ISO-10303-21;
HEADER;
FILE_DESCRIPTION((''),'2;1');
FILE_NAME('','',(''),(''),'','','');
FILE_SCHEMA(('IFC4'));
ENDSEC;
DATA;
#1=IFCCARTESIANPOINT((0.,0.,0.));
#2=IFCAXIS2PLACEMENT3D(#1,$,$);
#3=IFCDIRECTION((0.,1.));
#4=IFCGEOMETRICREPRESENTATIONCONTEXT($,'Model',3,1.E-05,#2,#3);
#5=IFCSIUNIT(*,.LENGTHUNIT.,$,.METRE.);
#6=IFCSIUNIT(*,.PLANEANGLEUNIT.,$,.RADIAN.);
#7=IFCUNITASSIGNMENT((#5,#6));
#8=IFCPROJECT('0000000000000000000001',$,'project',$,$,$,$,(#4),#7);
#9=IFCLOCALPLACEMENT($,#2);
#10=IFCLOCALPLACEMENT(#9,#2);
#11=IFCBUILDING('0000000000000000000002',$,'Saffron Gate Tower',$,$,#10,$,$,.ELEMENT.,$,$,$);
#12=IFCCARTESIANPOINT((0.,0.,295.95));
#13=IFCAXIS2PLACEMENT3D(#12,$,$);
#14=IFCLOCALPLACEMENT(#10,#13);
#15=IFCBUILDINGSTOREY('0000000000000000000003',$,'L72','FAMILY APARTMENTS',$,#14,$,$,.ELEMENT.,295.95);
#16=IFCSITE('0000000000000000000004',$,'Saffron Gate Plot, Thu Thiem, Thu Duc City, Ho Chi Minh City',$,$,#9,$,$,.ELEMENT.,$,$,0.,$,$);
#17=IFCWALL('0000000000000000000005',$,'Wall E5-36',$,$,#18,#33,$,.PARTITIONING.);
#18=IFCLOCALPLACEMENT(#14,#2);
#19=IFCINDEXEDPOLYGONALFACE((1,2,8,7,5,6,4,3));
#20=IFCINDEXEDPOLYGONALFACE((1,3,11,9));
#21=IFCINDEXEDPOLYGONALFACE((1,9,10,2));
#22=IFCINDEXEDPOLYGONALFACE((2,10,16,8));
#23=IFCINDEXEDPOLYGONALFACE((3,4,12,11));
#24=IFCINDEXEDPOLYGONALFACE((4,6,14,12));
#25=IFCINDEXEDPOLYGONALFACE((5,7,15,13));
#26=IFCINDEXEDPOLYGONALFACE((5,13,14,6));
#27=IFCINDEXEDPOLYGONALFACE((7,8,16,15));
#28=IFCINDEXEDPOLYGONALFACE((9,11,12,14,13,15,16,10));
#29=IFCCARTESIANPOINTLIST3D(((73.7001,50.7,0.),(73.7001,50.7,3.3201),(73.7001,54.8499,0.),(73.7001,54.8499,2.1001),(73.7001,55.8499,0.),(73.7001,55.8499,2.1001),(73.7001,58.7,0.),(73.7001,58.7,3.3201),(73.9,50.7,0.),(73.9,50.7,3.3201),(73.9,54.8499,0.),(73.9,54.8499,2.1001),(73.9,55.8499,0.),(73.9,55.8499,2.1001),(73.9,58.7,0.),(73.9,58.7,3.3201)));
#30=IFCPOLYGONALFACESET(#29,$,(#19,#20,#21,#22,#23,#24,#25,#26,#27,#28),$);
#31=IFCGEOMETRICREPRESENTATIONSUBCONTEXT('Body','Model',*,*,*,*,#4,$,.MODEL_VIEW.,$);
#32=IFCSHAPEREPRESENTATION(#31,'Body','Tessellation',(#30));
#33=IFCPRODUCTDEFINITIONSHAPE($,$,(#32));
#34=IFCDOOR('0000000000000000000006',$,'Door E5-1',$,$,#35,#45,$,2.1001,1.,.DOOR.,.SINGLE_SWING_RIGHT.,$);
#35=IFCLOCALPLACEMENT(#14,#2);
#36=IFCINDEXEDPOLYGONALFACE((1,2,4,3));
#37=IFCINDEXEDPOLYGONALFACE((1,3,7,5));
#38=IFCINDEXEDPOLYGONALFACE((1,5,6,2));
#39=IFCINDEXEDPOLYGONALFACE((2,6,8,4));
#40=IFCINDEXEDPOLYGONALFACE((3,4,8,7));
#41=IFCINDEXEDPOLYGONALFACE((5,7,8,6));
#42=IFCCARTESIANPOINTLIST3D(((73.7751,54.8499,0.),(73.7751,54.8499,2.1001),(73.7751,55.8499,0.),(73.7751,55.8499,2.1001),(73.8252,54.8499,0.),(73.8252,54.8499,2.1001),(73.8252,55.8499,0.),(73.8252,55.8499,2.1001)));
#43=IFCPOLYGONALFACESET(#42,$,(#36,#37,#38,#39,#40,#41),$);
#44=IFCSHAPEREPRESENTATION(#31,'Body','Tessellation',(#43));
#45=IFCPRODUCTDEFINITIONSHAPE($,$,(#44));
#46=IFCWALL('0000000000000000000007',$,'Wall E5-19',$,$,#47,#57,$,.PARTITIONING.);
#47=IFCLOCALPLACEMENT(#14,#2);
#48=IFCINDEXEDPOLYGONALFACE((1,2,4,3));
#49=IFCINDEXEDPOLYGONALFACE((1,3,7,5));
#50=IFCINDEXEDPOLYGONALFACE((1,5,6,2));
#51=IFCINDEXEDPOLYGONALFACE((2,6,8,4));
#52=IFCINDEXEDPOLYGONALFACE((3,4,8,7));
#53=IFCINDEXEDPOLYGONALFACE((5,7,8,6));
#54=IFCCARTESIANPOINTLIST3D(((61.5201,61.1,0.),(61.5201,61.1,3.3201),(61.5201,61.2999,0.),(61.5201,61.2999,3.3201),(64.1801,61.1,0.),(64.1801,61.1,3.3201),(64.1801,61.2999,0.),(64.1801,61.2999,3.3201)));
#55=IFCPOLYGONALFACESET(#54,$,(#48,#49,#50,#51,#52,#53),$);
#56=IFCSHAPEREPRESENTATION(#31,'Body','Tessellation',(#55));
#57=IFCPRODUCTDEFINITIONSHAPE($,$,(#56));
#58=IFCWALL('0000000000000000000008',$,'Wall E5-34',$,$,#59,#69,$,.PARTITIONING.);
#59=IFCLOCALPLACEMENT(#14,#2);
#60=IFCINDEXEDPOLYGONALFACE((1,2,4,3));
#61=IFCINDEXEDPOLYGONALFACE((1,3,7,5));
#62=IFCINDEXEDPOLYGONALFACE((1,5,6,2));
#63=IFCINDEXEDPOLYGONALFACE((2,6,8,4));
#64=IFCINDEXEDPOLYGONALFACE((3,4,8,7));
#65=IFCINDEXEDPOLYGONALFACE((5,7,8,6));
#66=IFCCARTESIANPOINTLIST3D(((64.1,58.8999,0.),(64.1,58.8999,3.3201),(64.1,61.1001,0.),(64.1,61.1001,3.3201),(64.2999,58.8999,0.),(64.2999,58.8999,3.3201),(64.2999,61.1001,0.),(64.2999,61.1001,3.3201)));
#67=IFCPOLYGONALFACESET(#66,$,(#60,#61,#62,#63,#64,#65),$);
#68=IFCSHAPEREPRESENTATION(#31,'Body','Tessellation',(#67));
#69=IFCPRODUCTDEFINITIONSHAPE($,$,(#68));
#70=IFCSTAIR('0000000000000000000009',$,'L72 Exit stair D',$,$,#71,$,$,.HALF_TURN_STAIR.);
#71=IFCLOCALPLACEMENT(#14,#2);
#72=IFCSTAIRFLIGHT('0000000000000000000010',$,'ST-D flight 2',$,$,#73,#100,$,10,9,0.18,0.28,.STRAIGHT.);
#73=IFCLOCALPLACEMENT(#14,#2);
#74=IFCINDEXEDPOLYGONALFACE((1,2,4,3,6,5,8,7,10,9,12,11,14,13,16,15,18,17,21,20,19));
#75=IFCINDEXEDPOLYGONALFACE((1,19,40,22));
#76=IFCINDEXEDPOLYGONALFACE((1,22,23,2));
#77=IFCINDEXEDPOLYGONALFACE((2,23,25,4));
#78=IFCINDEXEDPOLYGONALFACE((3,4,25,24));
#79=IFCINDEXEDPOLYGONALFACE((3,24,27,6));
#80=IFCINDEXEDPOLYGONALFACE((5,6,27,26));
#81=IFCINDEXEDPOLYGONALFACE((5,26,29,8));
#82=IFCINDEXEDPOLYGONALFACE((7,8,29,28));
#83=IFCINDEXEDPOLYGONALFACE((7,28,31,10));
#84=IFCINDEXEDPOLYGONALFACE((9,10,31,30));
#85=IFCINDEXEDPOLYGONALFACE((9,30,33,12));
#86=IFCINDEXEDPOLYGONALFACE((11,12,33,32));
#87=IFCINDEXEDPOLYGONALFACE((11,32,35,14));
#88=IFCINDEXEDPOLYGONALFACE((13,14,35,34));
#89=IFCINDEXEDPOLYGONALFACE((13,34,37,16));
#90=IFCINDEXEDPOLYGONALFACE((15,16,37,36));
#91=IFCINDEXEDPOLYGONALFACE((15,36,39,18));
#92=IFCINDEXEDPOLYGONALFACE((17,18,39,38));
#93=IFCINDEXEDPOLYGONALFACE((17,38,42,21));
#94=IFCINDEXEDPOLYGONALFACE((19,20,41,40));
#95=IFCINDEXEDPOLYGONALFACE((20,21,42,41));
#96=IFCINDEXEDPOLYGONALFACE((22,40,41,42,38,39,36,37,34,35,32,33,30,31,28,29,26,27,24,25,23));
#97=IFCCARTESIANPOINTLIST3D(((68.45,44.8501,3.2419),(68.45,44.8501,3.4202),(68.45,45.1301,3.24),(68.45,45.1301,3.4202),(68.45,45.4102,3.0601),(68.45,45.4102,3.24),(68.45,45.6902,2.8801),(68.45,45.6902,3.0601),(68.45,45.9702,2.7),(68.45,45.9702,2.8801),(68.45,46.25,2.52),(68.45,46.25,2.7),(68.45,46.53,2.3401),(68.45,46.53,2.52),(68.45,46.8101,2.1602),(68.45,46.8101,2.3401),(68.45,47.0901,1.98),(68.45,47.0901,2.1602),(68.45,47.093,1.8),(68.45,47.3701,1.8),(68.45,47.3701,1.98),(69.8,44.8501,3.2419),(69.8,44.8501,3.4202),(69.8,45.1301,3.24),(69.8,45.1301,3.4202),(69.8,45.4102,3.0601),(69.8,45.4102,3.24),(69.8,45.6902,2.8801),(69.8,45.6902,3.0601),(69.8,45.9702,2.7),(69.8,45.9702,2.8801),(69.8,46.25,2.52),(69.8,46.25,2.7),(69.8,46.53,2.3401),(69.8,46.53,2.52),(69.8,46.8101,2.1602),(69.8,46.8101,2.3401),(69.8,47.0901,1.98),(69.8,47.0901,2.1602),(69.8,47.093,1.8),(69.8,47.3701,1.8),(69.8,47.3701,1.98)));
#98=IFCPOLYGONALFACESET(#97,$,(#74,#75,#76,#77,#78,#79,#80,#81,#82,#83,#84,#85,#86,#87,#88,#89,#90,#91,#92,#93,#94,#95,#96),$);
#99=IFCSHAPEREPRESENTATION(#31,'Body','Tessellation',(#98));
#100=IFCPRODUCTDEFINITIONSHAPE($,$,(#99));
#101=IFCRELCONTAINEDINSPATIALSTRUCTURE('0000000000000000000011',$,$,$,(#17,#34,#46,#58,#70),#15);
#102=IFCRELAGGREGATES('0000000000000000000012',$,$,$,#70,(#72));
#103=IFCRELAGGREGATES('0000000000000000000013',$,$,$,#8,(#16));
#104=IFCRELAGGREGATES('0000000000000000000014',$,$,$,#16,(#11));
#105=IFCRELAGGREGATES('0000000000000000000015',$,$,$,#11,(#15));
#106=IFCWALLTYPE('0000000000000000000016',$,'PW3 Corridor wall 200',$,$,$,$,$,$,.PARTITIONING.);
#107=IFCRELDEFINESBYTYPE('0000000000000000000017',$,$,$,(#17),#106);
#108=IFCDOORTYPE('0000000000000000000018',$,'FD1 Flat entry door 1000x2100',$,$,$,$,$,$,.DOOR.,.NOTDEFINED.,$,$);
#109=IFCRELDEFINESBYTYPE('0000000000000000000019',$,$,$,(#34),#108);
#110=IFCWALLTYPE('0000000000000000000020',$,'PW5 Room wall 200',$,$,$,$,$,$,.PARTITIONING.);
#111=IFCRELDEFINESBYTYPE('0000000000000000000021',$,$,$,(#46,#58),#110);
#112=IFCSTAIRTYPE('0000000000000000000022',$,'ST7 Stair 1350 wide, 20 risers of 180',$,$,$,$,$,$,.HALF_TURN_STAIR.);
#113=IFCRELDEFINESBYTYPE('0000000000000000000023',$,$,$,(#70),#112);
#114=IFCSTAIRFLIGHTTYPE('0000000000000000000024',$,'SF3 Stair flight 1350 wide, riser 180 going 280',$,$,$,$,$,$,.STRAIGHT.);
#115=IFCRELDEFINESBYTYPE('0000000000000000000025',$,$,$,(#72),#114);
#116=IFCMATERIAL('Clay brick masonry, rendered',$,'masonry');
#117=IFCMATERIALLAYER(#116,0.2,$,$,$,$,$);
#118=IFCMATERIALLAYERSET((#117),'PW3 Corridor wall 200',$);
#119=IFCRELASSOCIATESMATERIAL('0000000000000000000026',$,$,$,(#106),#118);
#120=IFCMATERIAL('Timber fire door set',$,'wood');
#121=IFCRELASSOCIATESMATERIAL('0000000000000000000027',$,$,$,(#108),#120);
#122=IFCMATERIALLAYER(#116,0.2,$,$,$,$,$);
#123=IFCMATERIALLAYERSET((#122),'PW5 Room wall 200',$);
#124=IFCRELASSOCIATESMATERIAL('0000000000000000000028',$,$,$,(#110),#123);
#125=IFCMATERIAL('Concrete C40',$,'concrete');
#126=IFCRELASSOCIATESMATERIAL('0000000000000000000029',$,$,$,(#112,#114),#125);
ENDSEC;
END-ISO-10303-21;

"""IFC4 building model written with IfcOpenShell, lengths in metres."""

from ifc_helpers import new_model, si_unit, direction, frame, frame_2d, origin, place, context, subcontext, project, spatial, polyline, rectangle, outline, extrude, material, layer, layer_set, type_object, element, fill, aggregate, save


model = new_model("IFC4")

# Units and contexts
model_context = context("Model", 3, precision=1e-05, world=origin(), true_north=direction((0.0, 1.0)))
body_context = subcontext(model_context, "Body", "Model", "MODEL_VIEW")
ifc_project = project(units=[si_unit("LENGTHUNIT", "METRE"), si_unit("PLANEANGLEUNIT", "RADIAN")], contexts=[model_context])

# Site, building, storey
site_placement = place(None, origin())
site = spatial("IfcSite", under=ifc_project, at=site_placement, Name="Saffron Gate Plot, Thu Thiem, Thu Duc City, Ho Chi Minh City", CompositionType="ELEMENT", RefElevation=0.0)
building_placement = place(site_placement, origin())
building = spatial("IfcBuilding", under=site, at=building_placement, Name="Saffron Gate Tower", CompositionType="ELEMENT")
storey_placement = place(building_placement, frame((0.0, 0.0, 295.95)))
storey = spatial("IfcBuildingStorey", under=building, at=storey_placement, Name="L72", Description="FAMILY APARTMENTS", CompositionType="ELEMENT", Elevation=295.95)

# Shared definitions
ifc_material_1 = material(Name="Concrete C40", Category="concrete")

# Shared definitions
ifc_material_2 = material(Name="Clay brick masonry, rendered", Category="masonry")
ifc_layer_1 = layer(ifc_material_2, 0.2)
ifc_layer_set_1 = layer_set([ifc_layer_1], Name="PW3 Corridor wall 200")
wall_type_1 = type_object("IfcWallType", Name="PW3 Corridor wall 200", PredefinedType="PARTITIONING", material=ifc_layer_set_1)

# Wall, opening, door
ifc_material_3 = material(Name="Timber fire door set", Category="wood")
door_type_1 = type_object("IfcDoorType", Name="FD1 Flat entry door 1000x2100", OperationType="NOTDEFINED", PredefinedType="DOOR", material=ifc_material_3)
wall_1_placement = place(storey_placement, frame((73.8, 50.7, 0.0), z_axis=(0.0, 0.0, 1.0), x_axis=(0.0, 1.0, 0.0)))
wall_1 = element("IfcWall", 1, at=wall_1_placement, inside=storey, type_object=wall_type_1, Name="Wall E5-36", PredefinedType="PARTITIONING", context=body_context, shape_type="SweptSolid", body=[
    extrude(rectangle(XDim=8.0, YDim=0.2, at=frame_2d((4.0, 0.0))), origin(), (0.0, 0.0, 1.0), 3.3201),
])
opening_1_placement = place(wall_1_placement, frame((4.1499, 0.0, 0.0)))
opening_1 = element("IfcOpeningElement", 2, at=opening_1_placement, cuts=wall_1, PredefinedType="OPENING", context=body_context, shape_type="SweptSolid", body=[
    extrude(rectangle(XDim=1.0, YDim=2.1001, at=frame_2d((0.5, 1.05))), frame((0.0, 0.1099, 0.0), z_axis=(0.0, -1.0, 0.0), x_axis=(1.0, 0.0, 0.0)), (0.0, 0.0, 1.0), 0.22),
])
door_1_placement = place(opening_1_placement, origin())
door_1 = element("IfcDoor", 3, at=door_1_placement, inside=storey, type_object=door_type_1, Name="Door E5-1", OperationType="SINGLE_SWING_RIGHT", OverallHeight=2.1001, OverallWidth=1.0, PredefinedType="DOOR", context=body_context, shape_type="SweptSolid", body=[
    extrude(rectangle(XDim=1.0, YDim=2.1001, at=frame_2d((0.5, 1.05))), frame((0.0, 0.0249, 0.0), z_axis=(0.0, -1.0, 0.0), x_axis=(1.0, 0.0, 0.0)), (0.0, 0.0, 1.0), 0.05),
])
fill(opening_1, door_1)

# Walls
ifc_layer_2 = layer(ifc_material_2, 0.2)
ifc_layer_set_2 = layer_set([ifc_layer_2], Name="PW5 Room wall 200")
wall_type_2 = type_object("IfcWallType", Name="PW5 Room wall 200", PredefinedType="PARTITIONING", material=ifc_layer_set_2)
wall_2_placement = place(storey_placement, frame((61.52, 61.2, 0.0), z_axis=(0.0, 0.0, 1.0), x_axis=(1.0, 0.0, 0.0)))
element("IfcWall", 4, at=wall_2_placement, inside=storey, type_object=wall_type_2, Name="Wall E5-19", PredefinedType="PARTITIONING", context=body_context, shape_type="SweptSolid", body=[
    extrude(rectangle(XDim=2.6599, YDim=0.2, at=frame_2d((1.3301, 0.0))), origin(), (0.0, 0.0, 1.0), 3.3201),
])
wall_3_placement = place(storey_placement, frame((64.2, 61.1001, 0.0), z_axis=(0.0, 0.0, 1.0), x_axis=(0.0, -1.0, 0.0)))
element("IfcWall", 5, at=wall_3_placement, inside=storey, type_object=wall_type_2, Name="Wall E5-34", PredefinedType="PARTITIONING", context=body_context, shape_type="SweptSolid", body=[
    extrude(rectangle(XDim=2.2002, YDim=0.2, at=frame_2d((1.1001, 0.0))), origin(), (0.0, 0.0, 1.0), 3.3201),
])

# Stair, stair flight
stair_type = type_object("IfcStairType", Name="ST7 Stair 1350 wide, 20 risers of 180", PredefinedType="HALF_TURN_STAIR", material=ifc_material_1)
stair_placement = place(storey_placement, origin())
stair = element("IfcStair", 6, at=stair_placement, inside=storey, type_object=stair_type, Name="L72 Exit stair D", PredefinedType="HALF_TURN_STAIR")
stair_flight_type = type_object("IfcStairFlightType", Name="SF3 Stair flight 1350 wide, riser 180 going 280", PredefinedType="STRAIGHT", material=ifc_material_1)
stair_flight_placement = place(storey_placement, frame((69.125, 47.3701, 1.8), z_axis=(0.0, 0.0, 1.0), x_axis=(0.0, -1.0, 0.0)))
stair_flight = element("IfcStairFlight", 7, at=stair_flight_placement, type_object=stair_flight_type, Name="ST-D flight 2", NumberOfRisers=10, NumberOfTreads=9, PredefinedType="STRAIGHT", RiserHeight=0.18, TreadLength=0.28, context=body_context, shape_type="SweptSolid", body=[
    extrude(outline(polyline([(0.0, 0.0), (0.0, 0.1799), (0.28, 0.1799), (0.28, 0.3601), (0.5601, 0.3601), (0.5601, 0.54), (0.8401, 0.54), (0.8401, 0.72), (1.1201, 0.72), (1.1201, 0.8999), (1.3999, 0.8999), (1.3999, 1.0801), (1.6799, 1.0801), (1.6799, 1.26), (1.96, 1.26), (1.96, 1.4399), (2.24, 1.4399), (2.24, 1.6201), (2.52, 1.6201), (2.52, 1.8), (2.52, 1.4419), (0.2771, 0.0), (0.0, 0.0)])), frame((0.0, 0.675, 0.0), z_axis=(0.0, -1.0, 0.0), x_axis=(1.0, 0.0, 0.0)), (0.0, 0.0, 1.0), 1.3501),
])
aggregate(stair, [stair_flight])

save(model, "model.ifc")
